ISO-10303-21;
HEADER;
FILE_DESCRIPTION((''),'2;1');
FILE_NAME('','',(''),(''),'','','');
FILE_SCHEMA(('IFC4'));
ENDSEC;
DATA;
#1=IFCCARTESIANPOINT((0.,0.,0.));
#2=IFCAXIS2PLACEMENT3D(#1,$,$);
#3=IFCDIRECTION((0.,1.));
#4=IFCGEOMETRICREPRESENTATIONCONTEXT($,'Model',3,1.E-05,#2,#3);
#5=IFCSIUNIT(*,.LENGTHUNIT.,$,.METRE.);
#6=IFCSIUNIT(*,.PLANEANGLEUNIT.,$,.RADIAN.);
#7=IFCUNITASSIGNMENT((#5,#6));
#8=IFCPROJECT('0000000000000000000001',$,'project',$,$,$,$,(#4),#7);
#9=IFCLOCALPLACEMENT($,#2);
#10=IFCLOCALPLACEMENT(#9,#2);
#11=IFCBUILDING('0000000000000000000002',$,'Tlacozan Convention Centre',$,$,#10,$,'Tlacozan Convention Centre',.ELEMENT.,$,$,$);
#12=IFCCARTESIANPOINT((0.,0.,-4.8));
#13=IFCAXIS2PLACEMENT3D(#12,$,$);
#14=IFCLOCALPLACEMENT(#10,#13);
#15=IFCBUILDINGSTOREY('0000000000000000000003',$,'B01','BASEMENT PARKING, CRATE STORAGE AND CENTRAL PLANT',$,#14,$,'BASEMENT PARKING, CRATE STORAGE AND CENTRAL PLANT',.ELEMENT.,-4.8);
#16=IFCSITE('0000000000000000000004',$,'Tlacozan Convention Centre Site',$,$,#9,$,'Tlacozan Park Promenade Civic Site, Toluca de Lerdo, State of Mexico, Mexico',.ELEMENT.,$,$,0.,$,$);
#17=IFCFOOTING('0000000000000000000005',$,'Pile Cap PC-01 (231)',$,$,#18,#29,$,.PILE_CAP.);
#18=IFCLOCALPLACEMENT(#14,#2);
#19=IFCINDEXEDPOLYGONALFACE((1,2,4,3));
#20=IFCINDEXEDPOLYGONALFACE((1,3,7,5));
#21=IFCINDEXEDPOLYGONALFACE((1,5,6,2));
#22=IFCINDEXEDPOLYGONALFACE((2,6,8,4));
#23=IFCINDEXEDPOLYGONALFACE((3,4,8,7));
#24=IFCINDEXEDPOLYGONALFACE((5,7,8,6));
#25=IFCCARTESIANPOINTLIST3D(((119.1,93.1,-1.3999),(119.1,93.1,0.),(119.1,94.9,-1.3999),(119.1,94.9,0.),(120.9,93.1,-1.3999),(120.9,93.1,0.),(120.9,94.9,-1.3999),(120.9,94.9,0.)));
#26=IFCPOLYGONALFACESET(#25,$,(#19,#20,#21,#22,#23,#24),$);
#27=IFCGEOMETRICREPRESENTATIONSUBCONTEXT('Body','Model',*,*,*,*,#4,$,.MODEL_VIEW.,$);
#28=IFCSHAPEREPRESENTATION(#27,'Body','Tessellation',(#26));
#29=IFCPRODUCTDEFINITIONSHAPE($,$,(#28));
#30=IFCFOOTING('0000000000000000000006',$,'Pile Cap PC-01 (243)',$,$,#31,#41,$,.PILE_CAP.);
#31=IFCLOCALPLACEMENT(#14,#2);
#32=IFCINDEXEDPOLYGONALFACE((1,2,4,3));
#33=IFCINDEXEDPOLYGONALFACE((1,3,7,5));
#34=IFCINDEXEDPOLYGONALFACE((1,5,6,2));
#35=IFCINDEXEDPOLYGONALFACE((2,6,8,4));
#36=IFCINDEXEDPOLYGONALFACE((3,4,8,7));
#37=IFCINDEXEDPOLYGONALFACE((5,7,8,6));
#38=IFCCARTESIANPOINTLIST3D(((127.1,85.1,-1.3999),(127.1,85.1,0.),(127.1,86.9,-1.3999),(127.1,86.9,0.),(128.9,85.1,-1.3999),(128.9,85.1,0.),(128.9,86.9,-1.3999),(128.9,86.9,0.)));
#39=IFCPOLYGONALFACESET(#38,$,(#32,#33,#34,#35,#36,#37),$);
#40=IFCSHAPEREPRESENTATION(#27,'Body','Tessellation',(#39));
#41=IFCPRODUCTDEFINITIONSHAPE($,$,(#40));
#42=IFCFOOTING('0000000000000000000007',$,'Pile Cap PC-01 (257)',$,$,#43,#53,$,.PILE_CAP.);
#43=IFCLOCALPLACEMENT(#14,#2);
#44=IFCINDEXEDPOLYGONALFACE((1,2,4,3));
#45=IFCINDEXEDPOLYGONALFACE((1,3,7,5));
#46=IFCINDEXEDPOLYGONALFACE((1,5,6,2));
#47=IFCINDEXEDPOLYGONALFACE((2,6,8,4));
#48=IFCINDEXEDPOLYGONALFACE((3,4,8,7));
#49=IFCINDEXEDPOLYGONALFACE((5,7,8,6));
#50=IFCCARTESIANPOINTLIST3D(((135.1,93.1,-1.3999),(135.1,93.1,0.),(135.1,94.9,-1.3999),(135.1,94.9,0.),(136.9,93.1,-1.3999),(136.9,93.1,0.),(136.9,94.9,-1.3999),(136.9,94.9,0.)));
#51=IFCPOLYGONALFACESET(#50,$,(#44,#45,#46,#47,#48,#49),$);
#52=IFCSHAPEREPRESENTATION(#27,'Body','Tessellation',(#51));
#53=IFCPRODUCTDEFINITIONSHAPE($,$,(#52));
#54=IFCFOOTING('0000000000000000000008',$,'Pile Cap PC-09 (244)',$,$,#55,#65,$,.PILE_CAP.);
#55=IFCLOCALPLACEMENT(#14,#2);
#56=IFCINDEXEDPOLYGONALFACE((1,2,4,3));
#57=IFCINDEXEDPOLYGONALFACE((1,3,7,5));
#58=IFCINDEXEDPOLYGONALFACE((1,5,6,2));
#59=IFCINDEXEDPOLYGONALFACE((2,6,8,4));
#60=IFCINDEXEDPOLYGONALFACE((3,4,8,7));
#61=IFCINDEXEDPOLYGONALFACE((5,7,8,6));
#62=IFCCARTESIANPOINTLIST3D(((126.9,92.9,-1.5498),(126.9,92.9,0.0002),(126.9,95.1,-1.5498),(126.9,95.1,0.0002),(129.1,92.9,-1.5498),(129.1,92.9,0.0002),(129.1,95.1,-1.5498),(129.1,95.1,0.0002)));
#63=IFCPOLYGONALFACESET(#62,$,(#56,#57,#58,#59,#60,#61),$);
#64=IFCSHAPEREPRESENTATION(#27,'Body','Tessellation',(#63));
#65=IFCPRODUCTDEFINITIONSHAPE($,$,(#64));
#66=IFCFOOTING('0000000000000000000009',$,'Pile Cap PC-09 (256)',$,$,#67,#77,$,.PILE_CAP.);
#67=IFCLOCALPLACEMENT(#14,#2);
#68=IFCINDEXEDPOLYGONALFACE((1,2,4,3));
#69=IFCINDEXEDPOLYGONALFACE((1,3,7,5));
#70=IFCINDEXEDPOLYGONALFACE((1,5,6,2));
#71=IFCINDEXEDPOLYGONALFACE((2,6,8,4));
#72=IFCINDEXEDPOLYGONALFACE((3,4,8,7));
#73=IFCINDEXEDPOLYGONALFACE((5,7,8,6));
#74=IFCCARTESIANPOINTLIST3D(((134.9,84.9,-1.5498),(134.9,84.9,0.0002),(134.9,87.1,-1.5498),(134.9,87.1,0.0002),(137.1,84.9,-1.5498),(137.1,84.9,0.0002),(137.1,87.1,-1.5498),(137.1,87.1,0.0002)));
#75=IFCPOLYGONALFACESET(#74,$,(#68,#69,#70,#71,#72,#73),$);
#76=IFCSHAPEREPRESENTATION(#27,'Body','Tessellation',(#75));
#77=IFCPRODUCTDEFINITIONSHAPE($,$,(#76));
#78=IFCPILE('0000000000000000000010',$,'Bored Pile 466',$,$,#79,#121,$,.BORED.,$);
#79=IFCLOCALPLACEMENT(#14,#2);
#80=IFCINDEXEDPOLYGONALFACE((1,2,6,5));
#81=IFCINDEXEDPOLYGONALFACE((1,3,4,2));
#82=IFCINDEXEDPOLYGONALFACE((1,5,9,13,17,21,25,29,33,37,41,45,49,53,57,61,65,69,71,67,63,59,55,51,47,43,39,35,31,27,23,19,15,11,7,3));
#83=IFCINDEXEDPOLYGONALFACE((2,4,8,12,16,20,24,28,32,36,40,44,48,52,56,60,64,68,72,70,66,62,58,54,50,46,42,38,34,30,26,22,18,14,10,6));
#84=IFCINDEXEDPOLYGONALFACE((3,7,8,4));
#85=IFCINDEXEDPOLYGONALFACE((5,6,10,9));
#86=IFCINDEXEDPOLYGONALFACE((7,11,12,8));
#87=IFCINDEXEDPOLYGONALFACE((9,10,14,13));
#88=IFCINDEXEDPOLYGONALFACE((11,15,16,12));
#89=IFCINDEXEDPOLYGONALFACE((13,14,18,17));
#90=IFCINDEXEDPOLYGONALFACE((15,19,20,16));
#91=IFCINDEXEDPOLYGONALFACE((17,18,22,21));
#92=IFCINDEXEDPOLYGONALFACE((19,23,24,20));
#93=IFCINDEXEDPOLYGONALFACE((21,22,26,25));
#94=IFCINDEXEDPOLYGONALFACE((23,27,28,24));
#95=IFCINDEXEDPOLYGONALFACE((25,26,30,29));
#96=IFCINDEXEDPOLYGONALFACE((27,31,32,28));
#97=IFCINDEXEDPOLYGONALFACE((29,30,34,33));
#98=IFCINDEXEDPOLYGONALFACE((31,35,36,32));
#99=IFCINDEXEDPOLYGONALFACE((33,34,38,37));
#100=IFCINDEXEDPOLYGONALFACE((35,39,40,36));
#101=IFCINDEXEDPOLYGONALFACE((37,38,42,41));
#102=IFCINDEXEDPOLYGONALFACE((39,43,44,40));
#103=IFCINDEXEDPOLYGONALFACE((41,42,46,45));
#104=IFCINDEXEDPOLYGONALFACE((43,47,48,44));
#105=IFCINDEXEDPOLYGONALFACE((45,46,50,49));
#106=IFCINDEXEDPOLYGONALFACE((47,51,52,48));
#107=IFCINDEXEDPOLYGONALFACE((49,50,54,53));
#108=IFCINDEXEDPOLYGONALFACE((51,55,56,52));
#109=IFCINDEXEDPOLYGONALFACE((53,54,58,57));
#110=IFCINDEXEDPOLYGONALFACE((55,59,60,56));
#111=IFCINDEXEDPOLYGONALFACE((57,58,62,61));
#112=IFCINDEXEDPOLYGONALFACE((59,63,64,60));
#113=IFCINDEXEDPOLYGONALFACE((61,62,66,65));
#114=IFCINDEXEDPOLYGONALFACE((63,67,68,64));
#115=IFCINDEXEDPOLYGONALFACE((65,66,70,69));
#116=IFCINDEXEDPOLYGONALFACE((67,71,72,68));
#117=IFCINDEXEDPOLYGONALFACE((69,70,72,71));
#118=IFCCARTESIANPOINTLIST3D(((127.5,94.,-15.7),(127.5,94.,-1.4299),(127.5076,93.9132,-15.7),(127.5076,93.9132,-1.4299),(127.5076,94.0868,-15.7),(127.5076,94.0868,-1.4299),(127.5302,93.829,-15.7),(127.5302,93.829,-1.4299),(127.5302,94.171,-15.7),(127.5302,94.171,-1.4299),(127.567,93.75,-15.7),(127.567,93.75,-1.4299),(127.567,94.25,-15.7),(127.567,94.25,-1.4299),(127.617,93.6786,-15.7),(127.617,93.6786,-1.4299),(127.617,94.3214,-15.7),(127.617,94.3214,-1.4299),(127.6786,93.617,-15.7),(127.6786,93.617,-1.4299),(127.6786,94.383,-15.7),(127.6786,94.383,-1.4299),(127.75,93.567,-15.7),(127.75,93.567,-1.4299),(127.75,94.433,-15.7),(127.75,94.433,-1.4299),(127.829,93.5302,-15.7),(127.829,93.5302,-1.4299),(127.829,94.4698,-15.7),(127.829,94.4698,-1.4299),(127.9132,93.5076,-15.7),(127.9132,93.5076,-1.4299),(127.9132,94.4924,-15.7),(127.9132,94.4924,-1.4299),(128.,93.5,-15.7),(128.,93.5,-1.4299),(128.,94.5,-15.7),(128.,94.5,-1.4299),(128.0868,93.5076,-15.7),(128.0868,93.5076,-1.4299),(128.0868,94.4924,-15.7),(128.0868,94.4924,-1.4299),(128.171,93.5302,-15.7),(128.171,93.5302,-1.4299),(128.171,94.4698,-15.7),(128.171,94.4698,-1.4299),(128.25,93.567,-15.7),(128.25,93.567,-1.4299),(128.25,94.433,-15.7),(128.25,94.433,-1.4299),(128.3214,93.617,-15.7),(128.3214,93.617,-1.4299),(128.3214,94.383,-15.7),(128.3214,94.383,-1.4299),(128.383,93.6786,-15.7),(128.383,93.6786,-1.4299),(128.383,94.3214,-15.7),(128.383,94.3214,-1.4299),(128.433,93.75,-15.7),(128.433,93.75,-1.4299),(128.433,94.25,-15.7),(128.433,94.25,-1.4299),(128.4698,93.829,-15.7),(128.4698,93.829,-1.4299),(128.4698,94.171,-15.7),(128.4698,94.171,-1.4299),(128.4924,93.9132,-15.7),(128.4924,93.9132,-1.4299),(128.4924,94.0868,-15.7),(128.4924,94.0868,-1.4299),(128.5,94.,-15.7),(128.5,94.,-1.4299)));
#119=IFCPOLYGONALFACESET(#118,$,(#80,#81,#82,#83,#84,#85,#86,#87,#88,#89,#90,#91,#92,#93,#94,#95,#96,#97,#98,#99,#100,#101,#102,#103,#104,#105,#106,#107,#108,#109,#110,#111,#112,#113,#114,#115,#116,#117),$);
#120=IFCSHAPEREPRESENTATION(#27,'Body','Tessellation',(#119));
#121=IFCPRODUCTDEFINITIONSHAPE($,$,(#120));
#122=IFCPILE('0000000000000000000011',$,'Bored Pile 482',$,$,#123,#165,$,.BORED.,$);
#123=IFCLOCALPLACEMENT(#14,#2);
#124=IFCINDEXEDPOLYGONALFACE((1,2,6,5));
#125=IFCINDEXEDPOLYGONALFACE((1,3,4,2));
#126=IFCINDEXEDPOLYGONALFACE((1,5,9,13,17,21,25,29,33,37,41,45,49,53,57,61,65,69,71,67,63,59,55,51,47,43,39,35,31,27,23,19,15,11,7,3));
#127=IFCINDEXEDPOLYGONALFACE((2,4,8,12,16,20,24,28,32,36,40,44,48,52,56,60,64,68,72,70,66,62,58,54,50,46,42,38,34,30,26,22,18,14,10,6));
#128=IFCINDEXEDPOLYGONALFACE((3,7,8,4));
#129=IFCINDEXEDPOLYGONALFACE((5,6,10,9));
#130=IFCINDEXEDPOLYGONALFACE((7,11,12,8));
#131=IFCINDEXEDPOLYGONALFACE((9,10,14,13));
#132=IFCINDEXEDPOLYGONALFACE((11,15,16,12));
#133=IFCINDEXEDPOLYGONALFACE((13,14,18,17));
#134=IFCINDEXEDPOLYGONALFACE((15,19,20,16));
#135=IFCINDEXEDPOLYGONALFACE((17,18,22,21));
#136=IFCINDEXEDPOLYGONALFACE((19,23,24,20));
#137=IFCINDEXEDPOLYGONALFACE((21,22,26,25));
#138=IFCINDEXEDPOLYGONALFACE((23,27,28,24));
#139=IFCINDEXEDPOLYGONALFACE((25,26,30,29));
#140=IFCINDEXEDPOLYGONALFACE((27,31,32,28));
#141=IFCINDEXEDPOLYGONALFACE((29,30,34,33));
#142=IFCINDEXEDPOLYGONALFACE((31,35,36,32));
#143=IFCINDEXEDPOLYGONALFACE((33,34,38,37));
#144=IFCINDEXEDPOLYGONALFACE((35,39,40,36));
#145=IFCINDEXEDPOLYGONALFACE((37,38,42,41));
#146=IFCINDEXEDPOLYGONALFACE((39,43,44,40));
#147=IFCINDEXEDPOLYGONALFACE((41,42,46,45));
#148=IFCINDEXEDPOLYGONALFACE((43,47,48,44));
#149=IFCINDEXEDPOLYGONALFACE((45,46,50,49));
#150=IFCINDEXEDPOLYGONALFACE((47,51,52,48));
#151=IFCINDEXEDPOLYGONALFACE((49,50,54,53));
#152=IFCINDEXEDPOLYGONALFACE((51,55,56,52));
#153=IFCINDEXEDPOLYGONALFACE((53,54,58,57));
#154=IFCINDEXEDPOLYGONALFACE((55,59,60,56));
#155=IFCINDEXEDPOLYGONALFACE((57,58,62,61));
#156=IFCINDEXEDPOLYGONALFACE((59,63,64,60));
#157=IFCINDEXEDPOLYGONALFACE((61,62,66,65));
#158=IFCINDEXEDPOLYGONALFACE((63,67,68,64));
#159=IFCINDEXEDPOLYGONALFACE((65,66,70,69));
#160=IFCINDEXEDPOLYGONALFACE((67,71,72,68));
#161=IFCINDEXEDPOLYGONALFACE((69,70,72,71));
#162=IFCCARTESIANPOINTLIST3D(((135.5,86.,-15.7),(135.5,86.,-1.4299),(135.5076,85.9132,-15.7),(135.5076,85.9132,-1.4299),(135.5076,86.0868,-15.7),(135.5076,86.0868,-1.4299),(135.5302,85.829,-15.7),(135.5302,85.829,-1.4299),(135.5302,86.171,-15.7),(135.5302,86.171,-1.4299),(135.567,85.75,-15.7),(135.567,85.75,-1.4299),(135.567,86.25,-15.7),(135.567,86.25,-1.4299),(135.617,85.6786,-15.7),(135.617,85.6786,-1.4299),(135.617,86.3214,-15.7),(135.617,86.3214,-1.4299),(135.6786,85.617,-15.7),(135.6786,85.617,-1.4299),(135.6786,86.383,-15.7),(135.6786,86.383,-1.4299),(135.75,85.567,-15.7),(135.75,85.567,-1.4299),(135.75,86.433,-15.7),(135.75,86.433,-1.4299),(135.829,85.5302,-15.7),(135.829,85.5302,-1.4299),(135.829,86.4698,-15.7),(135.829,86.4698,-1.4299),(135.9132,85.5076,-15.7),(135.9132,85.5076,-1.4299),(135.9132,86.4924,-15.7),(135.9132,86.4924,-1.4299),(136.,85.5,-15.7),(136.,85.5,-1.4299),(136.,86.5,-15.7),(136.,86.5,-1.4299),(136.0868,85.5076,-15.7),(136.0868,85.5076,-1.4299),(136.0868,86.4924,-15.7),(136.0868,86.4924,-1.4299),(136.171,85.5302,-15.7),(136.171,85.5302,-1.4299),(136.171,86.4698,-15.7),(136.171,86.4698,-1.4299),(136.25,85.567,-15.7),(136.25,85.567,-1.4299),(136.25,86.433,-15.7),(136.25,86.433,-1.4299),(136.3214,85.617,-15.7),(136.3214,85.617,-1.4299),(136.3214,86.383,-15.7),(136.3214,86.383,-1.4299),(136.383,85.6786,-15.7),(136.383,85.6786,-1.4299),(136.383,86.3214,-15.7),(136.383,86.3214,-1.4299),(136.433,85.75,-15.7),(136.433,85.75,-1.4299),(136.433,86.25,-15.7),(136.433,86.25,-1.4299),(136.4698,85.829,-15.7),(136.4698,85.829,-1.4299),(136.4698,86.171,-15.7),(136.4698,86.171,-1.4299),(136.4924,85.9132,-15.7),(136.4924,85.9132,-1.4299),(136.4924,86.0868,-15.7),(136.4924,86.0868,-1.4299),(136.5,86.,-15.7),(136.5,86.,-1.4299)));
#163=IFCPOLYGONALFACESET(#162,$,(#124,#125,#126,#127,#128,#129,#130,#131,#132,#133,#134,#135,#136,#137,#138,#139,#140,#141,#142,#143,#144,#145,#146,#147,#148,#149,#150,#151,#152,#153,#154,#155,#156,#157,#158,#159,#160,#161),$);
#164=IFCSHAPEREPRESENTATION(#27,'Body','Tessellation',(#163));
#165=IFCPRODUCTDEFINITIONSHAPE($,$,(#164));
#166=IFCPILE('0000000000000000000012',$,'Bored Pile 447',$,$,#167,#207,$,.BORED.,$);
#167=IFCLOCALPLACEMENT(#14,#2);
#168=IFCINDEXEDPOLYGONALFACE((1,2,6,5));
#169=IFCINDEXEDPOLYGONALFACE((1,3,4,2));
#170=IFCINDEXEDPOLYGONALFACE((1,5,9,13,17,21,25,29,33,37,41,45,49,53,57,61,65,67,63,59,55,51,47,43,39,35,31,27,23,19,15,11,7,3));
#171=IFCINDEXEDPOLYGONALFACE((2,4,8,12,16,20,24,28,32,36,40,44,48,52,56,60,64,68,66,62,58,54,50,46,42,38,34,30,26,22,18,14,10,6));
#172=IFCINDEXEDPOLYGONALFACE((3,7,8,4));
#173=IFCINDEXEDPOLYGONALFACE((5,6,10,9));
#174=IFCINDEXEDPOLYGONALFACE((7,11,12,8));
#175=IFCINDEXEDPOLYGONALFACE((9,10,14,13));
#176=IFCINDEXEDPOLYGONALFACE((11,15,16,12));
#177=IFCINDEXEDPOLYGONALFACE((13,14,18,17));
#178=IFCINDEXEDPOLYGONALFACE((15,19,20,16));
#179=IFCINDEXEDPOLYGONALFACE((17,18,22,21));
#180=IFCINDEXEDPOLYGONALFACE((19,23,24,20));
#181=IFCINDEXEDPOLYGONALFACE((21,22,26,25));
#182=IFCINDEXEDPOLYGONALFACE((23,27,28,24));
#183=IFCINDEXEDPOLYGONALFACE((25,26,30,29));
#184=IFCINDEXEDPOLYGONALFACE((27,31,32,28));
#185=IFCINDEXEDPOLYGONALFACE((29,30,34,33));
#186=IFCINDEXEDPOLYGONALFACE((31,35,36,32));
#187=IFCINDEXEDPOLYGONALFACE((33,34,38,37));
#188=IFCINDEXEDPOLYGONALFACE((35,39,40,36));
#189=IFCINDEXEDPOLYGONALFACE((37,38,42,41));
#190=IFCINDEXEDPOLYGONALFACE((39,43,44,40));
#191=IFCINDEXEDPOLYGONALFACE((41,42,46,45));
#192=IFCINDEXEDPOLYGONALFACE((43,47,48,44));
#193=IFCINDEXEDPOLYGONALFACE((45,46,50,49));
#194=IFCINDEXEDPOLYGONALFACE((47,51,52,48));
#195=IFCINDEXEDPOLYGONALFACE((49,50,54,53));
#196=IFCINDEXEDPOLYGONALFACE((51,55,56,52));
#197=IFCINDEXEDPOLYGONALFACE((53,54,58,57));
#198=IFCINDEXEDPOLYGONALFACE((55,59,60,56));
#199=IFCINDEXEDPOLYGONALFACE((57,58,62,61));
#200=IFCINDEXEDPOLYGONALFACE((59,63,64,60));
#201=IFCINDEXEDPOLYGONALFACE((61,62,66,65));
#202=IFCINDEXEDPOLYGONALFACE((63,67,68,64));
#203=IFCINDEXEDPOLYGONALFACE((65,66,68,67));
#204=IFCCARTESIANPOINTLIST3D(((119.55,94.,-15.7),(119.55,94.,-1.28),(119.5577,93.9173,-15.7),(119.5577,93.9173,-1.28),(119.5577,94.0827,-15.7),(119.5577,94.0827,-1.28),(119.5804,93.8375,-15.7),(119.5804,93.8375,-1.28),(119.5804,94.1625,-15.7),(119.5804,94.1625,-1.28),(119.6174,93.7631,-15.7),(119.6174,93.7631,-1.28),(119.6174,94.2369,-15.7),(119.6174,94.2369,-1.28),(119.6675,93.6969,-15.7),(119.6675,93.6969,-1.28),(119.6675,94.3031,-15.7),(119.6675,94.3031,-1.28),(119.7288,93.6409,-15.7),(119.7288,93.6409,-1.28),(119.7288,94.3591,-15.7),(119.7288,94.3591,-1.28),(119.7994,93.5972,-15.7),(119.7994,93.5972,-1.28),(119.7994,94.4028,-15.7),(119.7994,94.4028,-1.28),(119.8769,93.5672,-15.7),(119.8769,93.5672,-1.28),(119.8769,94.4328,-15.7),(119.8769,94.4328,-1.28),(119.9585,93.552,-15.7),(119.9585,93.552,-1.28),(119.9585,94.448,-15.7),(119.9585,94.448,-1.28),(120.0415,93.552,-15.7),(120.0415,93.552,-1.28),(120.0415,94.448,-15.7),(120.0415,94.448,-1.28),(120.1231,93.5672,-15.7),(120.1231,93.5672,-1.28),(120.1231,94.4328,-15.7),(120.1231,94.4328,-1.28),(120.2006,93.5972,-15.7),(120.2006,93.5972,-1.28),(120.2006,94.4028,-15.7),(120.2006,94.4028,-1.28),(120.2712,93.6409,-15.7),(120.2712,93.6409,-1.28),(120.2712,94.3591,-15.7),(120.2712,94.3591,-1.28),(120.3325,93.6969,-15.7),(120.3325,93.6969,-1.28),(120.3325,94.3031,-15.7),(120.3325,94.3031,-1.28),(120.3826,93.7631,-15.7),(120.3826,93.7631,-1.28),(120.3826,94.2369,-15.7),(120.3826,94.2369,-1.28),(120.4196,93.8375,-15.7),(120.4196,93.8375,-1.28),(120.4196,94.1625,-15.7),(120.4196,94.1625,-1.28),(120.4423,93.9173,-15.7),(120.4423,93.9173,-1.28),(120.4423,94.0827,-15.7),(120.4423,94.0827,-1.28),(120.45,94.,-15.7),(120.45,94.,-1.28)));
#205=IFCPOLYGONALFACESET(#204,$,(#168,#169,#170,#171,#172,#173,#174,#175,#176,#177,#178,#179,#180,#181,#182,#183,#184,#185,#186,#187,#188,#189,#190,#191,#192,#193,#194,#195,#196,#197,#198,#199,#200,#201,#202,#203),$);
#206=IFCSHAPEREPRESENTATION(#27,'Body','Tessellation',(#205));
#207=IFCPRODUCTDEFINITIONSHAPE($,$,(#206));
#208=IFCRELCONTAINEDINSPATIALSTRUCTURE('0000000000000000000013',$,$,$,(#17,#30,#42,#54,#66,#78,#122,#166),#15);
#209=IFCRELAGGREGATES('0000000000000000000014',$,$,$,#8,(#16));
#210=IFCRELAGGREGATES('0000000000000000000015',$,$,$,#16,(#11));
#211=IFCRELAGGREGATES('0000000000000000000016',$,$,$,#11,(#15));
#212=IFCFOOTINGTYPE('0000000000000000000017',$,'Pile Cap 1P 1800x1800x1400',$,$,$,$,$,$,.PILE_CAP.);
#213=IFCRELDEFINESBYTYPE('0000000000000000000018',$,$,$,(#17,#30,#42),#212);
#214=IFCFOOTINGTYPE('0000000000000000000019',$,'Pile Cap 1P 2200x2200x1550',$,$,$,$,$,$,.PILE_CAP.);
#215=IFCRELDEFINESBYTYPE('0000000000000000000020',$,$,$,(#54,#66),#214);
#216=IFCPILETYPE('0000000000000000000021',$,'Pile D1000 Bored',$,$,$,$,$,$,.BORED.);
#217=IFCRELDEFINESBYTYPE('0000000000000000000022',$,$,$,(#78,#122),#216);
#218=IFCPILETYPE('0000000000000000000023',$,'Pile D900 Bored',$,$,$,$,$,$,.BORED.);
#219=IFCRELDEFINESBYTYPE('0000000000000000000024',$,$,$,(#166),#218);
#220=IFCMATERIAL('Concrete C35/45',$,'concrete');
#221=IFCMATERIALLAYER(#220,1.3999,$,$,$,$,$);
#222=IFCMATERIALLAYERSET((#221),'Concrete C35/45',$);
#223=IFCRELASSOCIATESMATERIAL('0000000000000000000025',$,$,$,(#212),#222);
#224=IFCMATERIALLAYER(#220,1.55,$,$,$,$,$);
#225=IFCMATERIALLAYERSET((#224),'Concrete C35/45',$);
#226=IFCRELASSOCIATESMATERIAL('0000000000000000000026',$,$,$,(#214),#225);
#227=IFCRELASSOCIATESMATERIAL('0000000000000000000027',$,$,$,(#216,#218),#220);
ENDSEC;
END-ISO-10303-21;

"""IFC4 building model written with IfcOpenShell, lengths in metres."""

from ifc_helpers import new_model, si_unit, direction, frame, origin, origin_2d, place, context, subcontext, project, spatial, rectangle, circle, extrude, material, layer, layer_set, material_profile, profile_set, type_object, element, save


model = new_model("IFC4")

# Units and contexts
model_context = context("Model", 3, precision=1e-05, world=origin(), true_north=direction((0.0, 1.0)))
body_context = subcontext(model_context, "Body", "Model", "MODEL_VIEW")
ifc_project = project(units=[si_unit("LENGTHUNIT", "METRE"), si_unit("PLANEANGLEUNIT", "RADIAN")], contexts=[model_context])

# Site, building, storey
site_placement = place(None, origin())
site = spatial("IfcSite", under=ifc_project, at=site_placement, Name="Tlacozan Convention Centre Site", LongName="Tlacozan Park Promenade Civic Site, Toluca de Lerdo, State of Mexico, Mexico", CompositionType="ELEMENT", RefElevation=0.0)
building_placement = place(site_placement, origin())
building = spatial("IfcBuilding", under=site, at=building_placement, Name="Tlacozan Convention Centre", LongName="Tlacozan Convention Centre", CompositionType="ELEMENT")
storey_placement = place(building_placement, frame((0.0, 0.0, -4.8)))
storey = spatial("IfcBuildingStorey", under=building, at=storey_placement, Name="B01", Description="BASEMENT PARKING, CRATE STORAGE AND CENTRAL PLANT", LongName="BASEMENT PARKING, CRATE STORAGE AND CENTRAL PLANT", CompositionType="ELEMENT", Elevation=-4.8)

# Footings
ifc_material_1 = material(Name="Concrete C35/45", Category="concrete")
ifc_layer_1 = layer(ifc_material_1, 1.3999)
ifc_layer_set_1 = layer_set([ifc_layer_1], Name="Concrete C35/45")
footing_type_1 = type_object("IfcFootingType", Name="Pile Cap 1P 1800x1800x1400", PredefinedType="PILE_CAP", material=ifc_layer_set_1)
for number, where, z_axis, x_axis, name in (
    (1, (120.0, 94.0, -1.3999), (0.0, 0.0, 1.0), (1.0, 0.0, 0.0), "Pile Cap PC-01 (231)"),
    (2, (128.0, 86.0, -1.3999), (0.0, 0.0, 1.0), (1.0, 0.0, 0.0), "Pile Cap PC-01 (243)"),
    (3, (136.0, 94.0, -1.3999), (0.0, 0.0, 1.0), (1.0, 0.0, 0.0), "Pile Cap PC-01 (257)"),
):
    element("IfcFooting", number, at=place(storey_placement, frame(where, z_axis=z_axis, x_axis=x_axis)), inside=storey, type_object=footing_type_1, Name=name, PredefinedType="PILE_CAP", context=body_context, shape_type="SweptSolid", body=[
        extrude(rectangle(XDim=1.8, YDim=1.8, at=origin_2d()), origin(), (0.0, 0.0, 1.0), 1.3999),
    ])
ifc_layer_2 = layer(ifc_material_1, 1.55)
ifc_layer_set_2 = layer_set([ifc_layer_2], Name="Concrete C35/45")
footing_type_2 = type_object("IfcFootingType", Name="Pile Cap 1P 2200x2200x1550", PredefinedType="PILE_CAP", material=ifc_layer_set_2)
for number, where, z_axis, x_axis, name in (
    (4, (128.0, 94.0, -1.5498), (0.0, 0.0, 1.0), (1.0, 0.0, 0.0), "Pile Cap PC-09 (244)"),
    (5, (136.0, 86.0, -1.5498), (0.0, 0.0, 1.0), (1.0, 0.0, 0.0), "Pile Cap PC-09 (256)"),
):
    element("IfcFooting", number, at=place(storey_placement, frame(where, z_axis=z_axis, x_axis=x_axis)), inside=storey, type_object=footing_type_2, Name=name, PredefinedType="PILE_CAP", context=body_context, shape_type="SweptSolid", body=[
        extrude(rectangle(XDim=2.2, YDim=2.2, at=origin_2d()), origin(), (0.0, 0.0, 1.0), 1.55),
    ])

# Piles
ifc_material_profile_1 = material_profile(ifc_material_1, circle(Radius=0.5, at=origin_2d()), Name="PILE D1000")
ifc_profile_set_1 = profile_set([ifc_material_profile_1], Name="Concrete C35/45")
pile_type_1 = type_object("IfcPileType", Name="Pile D1000 Bored", PredefinedType="BORED", material=ifc_profile_set_1)
for number, where, z_axis, x_axis, name in (
    (6, (128.0, 94.0, -1.4299), (0.0, 0.0, -1.0), (1.0, 0.0, 0.0), "Bored Pile 466"),
    (7, (136.0, 86.0, -1.4299), (0.0, 0.0, -1.0), (1.0, 0.0, 0.0), "Bored Pile 482"),
):
    element("IfcPile", number, at=place(storey_placement, frame(where, z_axis=z_axis, x_axis=x_axis)), inside=storey, type_object=pile_type_1, Name=name, PredefinedType="BORED", context=body_context, shape_type="SweptSolid", body=[
        extrude(circle(Radius=0.5, at=origin_2d()), origin(), (0.0, 0.0, 1.0), 14.27),
    ])
ifc_material_profile_2 = material_profile(ifc_material_1, circle(Radius=0.45, at=origin_2d()), Name="PILE D900")
ifc_profile_set_2 = profile_set([ifc_material_profile_2], Name="Concrete C35/45")
pile_type_2 = type_object("IfcPileType", Name="Pile D900 Bored", PredefinedType="BORED", material=ifc_profile_set_2)
for number, where, z_axis, x_axis, name in (
    (8, (120.0, 94.0, -1.28), (0.0, 0.0, -1.0), (1.0, 0.0, 0.0), "Bored Pile 447"),
):
    element("IfcPile", number, at=place(storey_placement, frame(where, z_axis=z_axis, x_axis=x_axis)), inside=storey, type_object=pile_type_2, Name=name, PredefinedType="BORED", context=body_context, shape_type="SweptSolid", body=[
        extrude(circle(Radius=0.45, at=origin_2d()), origin(), (0.0, 0.0, 1.0), 14.4199),
    ])

save(model, "model.ifc")
